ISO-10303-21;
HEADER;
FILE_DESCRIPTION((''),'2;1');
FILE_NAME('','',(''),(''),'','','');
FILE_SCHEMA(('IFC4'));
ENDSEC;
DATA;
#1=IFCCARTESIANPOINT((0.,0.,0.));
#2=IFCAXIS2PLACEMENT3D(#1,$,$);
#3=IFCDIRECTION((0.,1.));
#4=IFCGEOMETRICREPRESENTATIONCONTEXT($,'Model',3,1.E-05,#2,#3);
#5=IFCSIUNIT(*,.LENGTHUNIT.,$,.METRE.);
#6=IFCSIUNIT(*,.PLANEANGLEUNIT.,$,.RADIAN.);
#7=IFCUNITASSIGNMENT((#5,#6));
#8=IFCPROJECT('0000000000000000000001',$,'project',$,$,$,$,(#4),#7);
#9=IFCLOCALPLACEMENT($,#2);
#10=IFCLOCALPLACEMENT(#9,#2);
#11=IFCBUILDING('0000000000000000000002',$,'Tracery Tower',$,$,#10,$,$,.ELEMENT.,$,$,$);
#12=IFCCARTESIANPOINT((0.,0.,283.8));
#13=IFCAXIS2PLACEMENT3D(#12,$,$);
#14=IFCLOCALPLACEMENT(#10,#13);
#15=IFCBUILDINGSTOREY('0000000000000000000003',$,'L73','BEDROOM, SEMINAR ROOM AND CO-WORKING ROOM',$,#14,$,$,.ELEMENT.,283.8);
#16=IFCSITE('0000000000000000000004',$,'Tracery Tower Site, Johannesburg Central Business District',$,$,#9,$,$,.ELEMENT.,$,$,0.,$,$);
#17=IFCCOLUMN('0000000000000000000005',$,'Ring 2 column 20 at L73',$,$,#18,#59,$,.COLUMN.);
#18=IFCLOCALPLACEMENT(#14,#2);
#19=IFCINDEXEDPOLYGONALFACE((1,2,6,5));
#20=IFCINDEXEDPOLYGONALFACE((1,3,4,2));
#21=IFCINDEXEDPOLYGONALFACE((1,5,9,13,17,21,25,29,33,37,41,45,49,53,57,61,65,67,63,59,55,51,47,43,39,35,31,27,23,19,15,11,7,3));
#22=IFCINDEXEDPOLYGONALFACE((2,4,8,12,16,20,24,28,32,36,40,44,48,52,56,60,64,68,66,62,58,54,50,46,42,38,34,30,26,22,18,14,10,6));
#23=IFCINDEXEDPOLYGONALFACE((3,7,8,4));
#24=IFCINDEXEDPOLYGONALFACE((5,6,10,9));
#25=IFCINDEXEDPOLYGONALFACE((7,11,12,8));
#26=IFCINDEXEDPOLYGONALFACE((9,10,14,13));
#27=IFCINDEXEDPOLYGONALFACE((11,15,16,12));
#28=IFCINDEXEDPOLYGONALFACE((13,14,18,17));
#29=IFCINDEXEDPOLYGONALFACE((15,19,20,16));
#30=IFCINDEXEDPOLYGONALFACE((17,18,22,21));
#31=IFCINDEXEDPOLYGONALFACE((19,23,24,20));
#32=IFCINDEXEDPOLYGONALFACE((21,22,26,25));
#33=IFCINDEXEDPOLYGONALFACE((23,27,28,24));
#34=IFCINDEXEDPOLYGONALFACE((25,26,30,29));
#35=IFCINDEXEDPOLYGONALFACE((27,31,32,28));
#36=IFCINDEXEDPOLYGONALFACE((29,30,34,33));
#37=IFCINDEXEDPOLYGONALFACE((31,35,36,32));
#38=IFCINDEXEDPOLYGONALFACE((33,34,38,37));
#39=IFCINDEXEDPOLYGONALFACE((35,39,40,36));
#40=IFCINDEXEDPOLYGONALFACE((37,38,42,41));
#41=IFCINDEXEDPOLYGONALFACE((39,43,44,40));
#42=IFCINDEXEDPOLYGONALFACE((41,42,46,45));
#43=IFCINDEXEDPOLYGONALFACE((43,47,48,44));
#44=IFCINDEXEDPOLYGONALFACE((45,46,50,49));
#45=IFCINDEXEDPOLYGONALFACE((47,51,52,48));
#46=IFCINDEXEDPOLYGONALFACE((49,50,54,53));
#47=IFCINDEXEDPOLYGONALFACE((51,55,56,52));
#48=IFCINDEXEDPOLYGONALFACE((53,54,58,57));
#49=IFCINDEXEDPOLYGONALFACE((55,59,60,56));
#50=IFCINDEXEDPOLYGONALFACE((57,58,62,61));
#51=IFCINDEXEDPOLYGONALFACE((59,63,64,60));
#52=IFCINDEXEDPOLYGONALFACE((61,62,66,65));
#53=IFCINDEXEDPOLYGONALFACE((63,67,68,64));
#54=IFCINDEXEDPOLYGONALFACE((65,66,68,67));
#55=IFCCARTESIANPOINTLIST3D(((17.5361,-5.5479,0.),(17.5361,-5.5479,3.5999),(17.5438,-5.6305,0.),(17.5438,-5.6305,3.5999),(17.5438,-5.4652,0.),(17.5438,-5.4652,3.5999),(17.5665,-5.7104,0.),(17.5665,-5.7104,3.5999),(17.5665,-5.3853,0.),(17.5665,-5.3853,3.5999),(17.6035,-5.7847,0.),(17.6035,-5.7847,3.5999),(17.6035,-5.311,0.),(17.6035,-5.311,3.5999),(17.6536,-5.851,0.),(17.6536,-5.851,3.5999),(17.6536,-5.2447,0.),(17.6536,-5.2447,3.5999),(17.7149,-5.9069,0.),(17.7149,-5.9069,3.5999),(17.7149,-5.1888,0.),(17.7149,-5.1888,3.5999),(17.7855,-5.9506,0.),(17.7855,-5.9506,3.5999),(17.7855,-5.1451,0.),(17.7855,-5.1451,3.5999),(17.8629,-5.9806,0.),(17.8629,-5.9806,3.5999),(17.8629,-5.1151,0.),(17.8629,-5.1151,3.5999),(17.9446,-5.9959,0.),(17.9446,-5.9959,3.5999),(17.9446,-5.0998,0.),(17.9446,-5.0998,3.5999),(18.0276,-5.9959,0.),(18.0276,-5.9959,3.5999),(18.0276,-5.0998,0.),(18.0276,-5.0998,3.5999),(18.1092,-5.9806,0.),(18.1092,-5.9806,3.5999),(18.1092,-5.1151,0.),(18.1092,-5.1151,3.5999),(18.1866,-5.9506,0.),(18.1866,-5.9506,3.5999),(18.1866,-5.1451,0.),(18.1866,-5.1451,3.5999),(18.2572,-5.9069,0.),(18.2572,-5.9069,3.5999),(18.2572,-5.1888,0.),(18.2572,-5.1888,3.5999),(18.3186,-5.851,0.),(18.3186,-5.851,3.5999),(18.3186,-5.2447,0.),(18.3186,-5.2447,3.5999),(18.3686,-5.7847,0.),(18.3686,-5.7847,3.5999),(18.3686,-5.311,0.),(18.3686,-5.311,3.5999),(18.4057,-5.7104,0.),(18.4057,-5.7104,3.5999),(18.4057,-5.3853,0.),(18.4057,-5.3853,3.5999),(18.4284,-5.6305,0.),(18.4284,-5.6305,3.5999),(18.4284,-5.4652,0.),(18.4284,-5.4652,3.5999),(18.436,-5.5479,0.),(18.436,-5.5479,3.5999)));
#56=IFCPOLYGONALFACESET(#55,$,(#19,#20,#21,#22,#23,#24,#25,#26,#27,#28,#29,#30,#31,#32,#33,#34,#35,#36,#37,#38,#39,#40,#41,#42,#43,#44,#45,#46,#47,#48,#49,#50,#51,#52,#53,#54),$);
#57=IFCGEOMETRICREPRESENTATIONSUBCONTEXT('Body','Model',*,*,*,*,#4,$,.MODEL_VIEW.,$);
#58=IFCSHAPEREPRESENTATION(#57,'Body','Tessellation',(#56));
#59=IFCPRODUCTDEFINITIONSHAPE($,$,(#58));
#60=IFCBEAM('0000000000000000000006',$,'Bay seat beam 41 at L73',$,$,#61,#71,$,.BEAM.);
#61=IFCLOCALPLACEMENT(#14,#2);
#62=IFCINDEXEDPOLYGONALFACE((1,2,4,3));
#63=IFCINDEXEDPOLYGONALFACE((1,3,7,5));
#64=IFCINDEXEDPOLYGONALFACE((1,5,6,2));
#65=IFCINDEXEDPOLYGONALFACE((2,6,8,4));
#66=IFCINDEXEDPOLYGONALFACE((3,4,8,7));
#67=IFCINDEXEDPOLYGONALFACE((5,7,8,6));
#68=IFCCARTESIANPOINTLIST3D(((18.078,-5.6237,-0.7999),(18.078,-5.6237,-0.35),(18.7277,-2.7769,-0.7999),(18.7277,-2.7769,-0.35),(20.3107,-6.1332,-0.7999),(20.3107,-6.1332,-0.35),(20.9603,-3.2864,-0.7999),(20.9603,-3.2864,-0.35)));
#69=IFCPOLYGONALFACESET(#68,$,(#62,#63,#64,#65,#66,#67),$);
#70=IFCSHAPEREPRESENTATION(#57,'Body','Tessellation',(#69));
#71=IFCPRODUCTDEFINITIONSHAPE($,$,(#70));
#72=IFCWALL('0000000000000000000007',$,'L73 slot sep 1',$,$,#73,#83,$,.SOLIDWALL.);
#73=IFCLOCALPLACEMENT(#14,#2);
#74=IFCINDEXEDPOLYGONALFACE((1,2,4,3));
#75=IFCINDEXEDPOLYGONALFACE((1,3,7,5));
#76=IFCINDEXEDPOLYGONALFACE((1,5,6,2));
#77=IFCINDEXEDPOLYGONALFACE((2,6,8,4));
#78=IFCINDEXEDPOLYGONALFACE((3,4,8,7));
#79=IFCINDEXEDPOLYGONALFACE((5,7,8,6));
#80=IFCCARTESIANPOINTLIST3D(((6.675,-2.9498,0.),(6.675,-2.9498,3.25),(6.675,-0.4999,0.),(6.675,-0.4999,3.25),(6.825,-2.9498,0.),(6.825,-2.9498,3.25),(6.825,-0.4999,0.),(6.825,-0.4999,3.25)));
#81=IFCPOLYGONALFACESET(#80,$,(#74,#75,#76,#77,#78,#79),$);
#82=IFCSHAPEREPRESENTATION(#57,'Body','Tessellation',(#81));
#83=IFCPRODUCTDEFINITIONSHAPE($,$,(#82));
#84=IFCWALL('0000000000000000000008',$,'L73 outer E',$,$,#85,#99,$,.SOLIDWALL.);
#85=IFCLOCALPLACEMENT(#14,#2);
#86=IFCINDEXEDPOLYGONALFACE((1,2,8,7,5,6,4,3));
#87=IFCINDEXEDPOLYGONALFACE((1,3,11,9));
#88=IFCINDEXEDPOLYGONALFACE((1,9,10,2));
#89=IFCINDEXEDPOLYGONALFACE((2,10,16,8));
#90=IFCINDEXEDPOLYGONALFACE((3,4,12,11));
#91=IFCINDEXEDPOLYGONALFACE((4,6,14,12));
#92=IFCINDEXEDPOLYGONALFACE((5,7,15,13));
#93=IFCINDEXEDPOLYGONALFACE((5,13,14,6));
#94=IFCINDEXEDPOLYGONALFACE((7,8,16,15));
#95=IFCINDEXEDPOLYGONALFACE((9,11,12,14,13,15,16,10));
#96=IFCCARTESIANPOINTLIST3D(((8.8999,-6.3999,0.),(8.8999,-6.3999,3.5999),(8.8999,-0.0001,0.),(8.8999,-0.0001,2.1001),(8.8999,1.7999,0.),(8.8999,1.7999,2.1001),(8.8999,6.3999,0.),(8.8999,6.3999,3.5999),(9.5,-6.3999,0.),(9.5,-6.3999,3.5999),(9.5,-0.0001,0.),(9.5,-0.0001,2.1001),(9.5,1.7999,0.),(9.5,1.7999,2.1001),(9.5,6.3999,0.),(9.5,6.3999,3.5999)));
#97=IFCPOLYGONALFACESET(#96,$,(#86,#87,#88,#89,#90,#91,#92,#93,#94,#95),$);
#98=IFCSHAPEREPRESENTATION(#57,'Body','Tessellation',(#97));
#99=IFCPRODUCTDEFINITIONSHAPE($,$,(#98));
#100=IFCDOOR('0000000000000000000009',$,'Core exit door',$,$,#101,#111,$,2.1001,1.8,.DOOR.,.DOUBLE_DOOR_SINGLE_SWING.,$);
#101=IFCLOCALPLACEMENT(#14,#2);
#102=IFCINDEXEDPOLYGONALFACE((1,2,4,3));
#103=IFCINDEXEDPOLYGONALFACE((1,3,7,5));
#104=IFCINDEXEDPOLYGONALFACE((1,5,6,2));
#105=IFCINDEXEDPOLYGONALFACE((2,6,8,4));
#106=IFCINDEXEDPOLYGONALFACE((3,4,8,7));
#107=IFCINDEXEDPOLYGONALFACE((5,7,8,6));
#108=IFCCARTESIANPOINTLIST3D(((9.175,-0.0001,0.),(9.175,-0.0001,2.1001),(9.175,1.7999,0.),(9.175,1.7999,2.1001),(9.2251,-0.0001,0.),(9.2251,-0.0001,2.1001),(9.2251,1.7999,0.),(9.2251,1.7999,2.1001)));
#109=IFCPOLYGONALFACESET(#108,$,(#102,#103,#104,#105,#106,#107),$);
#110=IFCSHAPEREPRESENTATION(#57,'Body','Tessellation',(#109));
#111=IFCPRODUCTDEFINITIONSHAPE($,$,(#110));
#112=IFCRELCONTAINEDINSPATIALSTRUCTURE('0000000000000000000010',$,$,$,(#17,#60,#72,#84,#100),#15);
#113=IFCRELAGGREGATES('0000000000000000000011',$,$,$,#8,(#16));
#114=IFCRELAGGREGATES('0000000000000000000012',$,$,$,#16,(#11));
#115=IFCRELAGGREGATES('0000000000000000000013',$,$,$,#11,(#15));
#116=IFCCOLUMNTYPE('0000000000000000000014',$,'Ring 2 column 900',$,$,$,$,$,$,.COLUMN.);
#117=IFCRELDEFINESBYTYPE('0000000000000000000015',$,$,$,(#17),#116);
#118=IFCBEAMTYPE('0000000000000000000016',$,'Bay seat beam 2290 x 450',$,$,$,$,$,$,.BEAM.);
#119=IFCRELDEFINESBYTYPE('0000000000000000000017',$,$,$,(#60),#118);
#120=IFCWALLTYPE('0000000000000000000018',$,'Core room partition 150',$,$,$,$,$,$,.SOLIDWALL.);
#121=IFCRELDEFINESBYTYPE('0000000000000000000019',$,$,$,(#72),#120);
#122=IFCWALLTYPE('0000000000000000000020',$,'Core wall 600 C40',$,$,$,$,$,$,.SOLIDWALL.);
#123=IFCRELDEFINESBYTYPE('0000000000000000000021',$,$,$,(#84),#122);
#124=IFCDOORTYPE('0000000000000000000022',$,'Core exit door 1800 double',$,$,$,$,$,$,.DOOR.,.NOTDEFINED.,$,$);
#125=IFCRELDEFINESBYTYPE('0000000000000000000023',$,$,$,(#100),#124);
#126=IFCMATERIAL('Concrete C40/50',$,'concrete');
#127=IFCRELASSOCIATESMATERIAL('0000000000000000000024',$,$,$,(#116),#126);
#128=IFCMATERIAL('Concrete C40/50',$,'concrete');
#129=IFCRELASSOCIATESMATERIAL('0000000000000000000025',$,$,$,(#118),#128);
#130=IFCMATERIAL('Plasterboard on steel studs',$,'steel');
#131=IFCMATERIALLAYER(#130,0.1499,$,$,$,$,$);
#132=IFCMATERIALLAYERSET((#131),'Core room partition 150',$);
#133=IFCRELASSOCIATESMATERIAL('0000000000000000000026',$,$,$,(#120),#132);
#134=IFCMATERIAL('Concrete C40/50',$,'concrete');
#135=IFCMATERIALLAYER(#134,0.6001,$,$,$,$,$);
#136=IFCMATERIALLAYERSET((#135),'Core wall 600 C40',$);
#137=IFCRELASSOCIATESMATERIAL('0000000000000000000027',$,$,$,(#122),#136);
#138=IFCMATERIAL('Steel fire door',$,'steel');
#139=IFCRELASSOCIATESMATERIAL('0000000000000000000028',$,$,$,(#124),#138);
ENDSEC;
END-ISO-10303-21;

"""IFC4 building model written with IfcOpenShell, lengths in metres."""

from ifc_helpers import new_model, si_unit, direction, frame, frame_2d, origin, origin_2d, place, context, subcontext, project, spatial, rectangle, circle, extrude, material, layer, layer_set, material_profile, profile_set, type_object, element, fill, save


model = new_model("IFC4")

# Units and contexts
model_context = context("Model", 3, precision=1e-05, world=origin(), true_north=direction((0.0, 1.0)))
body_context = subcontext(model_context, "Body", "Model", "MODEL_VIEW")
ifc_project = project(units=[si_unit("LENGTHUNIT", "METRE"), si_unit("PLANEANGLEUNIT", "RADIAN")], contexts=[model_context])

# Site, building, storey
site_placement = place(None, origin())
site = spatial("IfcSite", under=ifc_project, at=site_placement, Name="Tracery Tower Site, Johannesburg Central Business District", CompositionType="ELEMENT", RefElevation=0.0)
building_placement = place(site_placement, origin())
building = spatial("IfcBuilding", under=site, at=building_placement, Name="Tracery Tower", CompositionType="ELEMENT")
storey_placement = place(building_placement, frame((0.0, 0.0, 283.8)))
storey = spatial("IfcBuildingStorey", under=building, at=storey_placement, Name="L73", Description="BEDROOM, SEMINAR ROOM AND CO-WORKING ROOM", CompositionType="ELEMENT", Elevation=283.8)

# Column
ifc_material_1 = material(Name="Concrete C40/50", Category="concrete")
ifc_material_profile_1 = material_profile(ifc_material_1, circle(Radius=0.45, at=origin_2d()), Name="RC D900")
ifc_profile_set_1 = profile_set([ifc_material_profile_1], Name="Concrete C40/50")
column_type = type_object("IfcColumnType", Name="Ring 2 column 900", PredefinedType="COLUMN", material=ifc_profile_set_1)
column_placement = place(storey_placement, frame((17.9861, -5.5479, 0.0), z_axis=(0.0, 0.0, 1.0), x_axis=(1.0, 0.0, 0.0)))
element("IfcColumn", 1, at=column_placement, inside=storey, type_object=column_type, Name="Ring 2 column 20 at L73", PredefinedType="COLUMN", context=body_context, shape_type="SweptSolid", body=[
    extrude(circle(Radius=0.45, at=origin_2d()), origin(), (0.0, 0.0, 1.0), 3.5999),
])

# Beam
ifc_material_2 = material(Name="Concrete C40/50", Category="concrete")
ifc_material_profile_2 = material_profile(ifc_material_2, rectangle(XDim=2.29, YDim=0.45, at=origin_2d()), Name="RC 2290x450")
ifc_profile_set_2 = profile_set([ifc_material_profile_2], Name="Concrete C40/50")
beam_type = type_object("IfcBeamType", Name="Bay seat beam 2290 x 450", PredefinedType="BEAM", material=ifc_profile_set_2)
beam_placement = place(storey_placement, frame((19.1943, -5.8784, -0.575), z_axis=(0.222496, 0.974934, 0.0), x_axis=(-0.974934, 0.222496, 0.0)))
element("IfcBeam", 2, at=beam_placement, inside=storey, type_object=beam_type, Name="Bay seat beam 41 at L73", PredefinedType="BEAM", context=body_context, shape_type="SweptSolid", body=[
    extrude(rectangle(XDim=2.29, YDim=0.45, at=origin_2d()), origin(), (0.0, 0.0, 1.0), 2.9199),
])

# Wall
ifc_material_3 = material(Name="Plasterboard on steel studs", Category="steel")
ifc_layer_1 = layer(ifc_material_3, 0.1499)
ifc_layer_set_1 = layer_set([ifc_layer_1], Name="Core room partition 150")
wall_type_1 = type_object("IfcWallType", Name="Core room partition 150", PredefinedType="SOLIDWALL", material=ifc_layer_set_1)
wall_1_placement = place(storey_placement, frame((6.75, -2.95, 0.0), z_axis=(0.0, 0.0, 1.0), x_axis=(0.0, 1.0, 0.0)))
element("IfcWall", 3, at=wall_1_placement, inside=storey, type_object=wall_type_1, Name="L73 slot sep 1", PredefinedType="SOLIDWALL", context=body_context, shape_type="SweptSolid", body=[
    extrude(rectangle(XDim=2.45, YDim=0.1499, at=frame_2d((1.2251, 0.0))), origin(), (0.0, 0.0, 1.0), 3.25),
])

# Wall, opening, door
ifc_material_4 = material(Name="Concrete C40/50", Category="concrete")
ifc_layer_2 = layer(ifc_material_4, 0.6001)
ifc_layer_set_2 = layer_set([ifc_layer_2], Name="Core wall 600 C40")
wall_type_2 = type_object("IfcWallType", Name="Core wall 600 C40", PredefinedType="SOLIDWALL", material=ifc_layer_set_2)
wall_2_placement = place(storey_placement, frame((9.2, -6.3999, 0.0), z_axis=(0.0, 0.0, 1.0), x_axis=(0.0, 1.0, 0.0)))
wall_2 = element("IfcWall", 4, at=wall_2_placement, inside=storey, type_object=wall_type_2, Name="L73 outer E", PredefinedType="SOLIDWALL", context=body_context, shape_type="SweptSolid", body=[
    extrude(rectangle(XDim=12.7998, YDim=0.6001, at=frame_2d((6.3999, 0.0))), origin(), (0.0, 0.0, 1.0), 3.5999),
])
opening_1_placement = place(wall_2_placement, frame((6.3999, 0.0, 0.0)))
opening_1 = element("IfcOpeningElement", 5, at=opening_1_placement, cuts=wall_2, PredefinedType="OPENING", context=body_context, shape_type="SweptSolid", body=[
    extrude(rectangle(XDim=1.8, YDim=2.1001, at=frame_2d((0.8999, 1.05))), frame((0.0, 0.3, 0.0), z_axis=(0.0, -1.0, 0.0), x_axis=(1.0, 0.0, 0.0)), (0.0, 0.0, 1.0), 0.6001),
])
ifc_material_5 = material(Name="Steel fire door", Category="steel")
door_type_1 = type_object("IfcDoorType", Name="Core exit door 1800 double", OperationType="NOTDEFINED", PredefinedType="DOOR", material=ifc_material_5)
door_1_placement = place(opening_1_placement, origin())
door_1 = element("IfcDoor", 6, at=door_1_placement, inside=storey, type_object=door_type_1, Name="Core exit door", OperationType="DOUBLE_DOOR_SINGLE_SWING", OverallHeight=2.1001, OverallWidth=1.8, PredefinedType="DOOR", context=body_context, shape_type="SweptSolid", body=[
    extrude(rectangle(XDim=1.8, YDim=2.1001, at=frame_2d((0.8999, 1.05))), frame((0.0, 0.0249, 0.0), z_axis=(0.0, -1.0, 0.0), x_axis=(1.0, 0.0, 0.0)), (0.0, 0.0, 1.0), 0.05),
])
fill(opening_1, door_1)

save(model, "model.ifc")
